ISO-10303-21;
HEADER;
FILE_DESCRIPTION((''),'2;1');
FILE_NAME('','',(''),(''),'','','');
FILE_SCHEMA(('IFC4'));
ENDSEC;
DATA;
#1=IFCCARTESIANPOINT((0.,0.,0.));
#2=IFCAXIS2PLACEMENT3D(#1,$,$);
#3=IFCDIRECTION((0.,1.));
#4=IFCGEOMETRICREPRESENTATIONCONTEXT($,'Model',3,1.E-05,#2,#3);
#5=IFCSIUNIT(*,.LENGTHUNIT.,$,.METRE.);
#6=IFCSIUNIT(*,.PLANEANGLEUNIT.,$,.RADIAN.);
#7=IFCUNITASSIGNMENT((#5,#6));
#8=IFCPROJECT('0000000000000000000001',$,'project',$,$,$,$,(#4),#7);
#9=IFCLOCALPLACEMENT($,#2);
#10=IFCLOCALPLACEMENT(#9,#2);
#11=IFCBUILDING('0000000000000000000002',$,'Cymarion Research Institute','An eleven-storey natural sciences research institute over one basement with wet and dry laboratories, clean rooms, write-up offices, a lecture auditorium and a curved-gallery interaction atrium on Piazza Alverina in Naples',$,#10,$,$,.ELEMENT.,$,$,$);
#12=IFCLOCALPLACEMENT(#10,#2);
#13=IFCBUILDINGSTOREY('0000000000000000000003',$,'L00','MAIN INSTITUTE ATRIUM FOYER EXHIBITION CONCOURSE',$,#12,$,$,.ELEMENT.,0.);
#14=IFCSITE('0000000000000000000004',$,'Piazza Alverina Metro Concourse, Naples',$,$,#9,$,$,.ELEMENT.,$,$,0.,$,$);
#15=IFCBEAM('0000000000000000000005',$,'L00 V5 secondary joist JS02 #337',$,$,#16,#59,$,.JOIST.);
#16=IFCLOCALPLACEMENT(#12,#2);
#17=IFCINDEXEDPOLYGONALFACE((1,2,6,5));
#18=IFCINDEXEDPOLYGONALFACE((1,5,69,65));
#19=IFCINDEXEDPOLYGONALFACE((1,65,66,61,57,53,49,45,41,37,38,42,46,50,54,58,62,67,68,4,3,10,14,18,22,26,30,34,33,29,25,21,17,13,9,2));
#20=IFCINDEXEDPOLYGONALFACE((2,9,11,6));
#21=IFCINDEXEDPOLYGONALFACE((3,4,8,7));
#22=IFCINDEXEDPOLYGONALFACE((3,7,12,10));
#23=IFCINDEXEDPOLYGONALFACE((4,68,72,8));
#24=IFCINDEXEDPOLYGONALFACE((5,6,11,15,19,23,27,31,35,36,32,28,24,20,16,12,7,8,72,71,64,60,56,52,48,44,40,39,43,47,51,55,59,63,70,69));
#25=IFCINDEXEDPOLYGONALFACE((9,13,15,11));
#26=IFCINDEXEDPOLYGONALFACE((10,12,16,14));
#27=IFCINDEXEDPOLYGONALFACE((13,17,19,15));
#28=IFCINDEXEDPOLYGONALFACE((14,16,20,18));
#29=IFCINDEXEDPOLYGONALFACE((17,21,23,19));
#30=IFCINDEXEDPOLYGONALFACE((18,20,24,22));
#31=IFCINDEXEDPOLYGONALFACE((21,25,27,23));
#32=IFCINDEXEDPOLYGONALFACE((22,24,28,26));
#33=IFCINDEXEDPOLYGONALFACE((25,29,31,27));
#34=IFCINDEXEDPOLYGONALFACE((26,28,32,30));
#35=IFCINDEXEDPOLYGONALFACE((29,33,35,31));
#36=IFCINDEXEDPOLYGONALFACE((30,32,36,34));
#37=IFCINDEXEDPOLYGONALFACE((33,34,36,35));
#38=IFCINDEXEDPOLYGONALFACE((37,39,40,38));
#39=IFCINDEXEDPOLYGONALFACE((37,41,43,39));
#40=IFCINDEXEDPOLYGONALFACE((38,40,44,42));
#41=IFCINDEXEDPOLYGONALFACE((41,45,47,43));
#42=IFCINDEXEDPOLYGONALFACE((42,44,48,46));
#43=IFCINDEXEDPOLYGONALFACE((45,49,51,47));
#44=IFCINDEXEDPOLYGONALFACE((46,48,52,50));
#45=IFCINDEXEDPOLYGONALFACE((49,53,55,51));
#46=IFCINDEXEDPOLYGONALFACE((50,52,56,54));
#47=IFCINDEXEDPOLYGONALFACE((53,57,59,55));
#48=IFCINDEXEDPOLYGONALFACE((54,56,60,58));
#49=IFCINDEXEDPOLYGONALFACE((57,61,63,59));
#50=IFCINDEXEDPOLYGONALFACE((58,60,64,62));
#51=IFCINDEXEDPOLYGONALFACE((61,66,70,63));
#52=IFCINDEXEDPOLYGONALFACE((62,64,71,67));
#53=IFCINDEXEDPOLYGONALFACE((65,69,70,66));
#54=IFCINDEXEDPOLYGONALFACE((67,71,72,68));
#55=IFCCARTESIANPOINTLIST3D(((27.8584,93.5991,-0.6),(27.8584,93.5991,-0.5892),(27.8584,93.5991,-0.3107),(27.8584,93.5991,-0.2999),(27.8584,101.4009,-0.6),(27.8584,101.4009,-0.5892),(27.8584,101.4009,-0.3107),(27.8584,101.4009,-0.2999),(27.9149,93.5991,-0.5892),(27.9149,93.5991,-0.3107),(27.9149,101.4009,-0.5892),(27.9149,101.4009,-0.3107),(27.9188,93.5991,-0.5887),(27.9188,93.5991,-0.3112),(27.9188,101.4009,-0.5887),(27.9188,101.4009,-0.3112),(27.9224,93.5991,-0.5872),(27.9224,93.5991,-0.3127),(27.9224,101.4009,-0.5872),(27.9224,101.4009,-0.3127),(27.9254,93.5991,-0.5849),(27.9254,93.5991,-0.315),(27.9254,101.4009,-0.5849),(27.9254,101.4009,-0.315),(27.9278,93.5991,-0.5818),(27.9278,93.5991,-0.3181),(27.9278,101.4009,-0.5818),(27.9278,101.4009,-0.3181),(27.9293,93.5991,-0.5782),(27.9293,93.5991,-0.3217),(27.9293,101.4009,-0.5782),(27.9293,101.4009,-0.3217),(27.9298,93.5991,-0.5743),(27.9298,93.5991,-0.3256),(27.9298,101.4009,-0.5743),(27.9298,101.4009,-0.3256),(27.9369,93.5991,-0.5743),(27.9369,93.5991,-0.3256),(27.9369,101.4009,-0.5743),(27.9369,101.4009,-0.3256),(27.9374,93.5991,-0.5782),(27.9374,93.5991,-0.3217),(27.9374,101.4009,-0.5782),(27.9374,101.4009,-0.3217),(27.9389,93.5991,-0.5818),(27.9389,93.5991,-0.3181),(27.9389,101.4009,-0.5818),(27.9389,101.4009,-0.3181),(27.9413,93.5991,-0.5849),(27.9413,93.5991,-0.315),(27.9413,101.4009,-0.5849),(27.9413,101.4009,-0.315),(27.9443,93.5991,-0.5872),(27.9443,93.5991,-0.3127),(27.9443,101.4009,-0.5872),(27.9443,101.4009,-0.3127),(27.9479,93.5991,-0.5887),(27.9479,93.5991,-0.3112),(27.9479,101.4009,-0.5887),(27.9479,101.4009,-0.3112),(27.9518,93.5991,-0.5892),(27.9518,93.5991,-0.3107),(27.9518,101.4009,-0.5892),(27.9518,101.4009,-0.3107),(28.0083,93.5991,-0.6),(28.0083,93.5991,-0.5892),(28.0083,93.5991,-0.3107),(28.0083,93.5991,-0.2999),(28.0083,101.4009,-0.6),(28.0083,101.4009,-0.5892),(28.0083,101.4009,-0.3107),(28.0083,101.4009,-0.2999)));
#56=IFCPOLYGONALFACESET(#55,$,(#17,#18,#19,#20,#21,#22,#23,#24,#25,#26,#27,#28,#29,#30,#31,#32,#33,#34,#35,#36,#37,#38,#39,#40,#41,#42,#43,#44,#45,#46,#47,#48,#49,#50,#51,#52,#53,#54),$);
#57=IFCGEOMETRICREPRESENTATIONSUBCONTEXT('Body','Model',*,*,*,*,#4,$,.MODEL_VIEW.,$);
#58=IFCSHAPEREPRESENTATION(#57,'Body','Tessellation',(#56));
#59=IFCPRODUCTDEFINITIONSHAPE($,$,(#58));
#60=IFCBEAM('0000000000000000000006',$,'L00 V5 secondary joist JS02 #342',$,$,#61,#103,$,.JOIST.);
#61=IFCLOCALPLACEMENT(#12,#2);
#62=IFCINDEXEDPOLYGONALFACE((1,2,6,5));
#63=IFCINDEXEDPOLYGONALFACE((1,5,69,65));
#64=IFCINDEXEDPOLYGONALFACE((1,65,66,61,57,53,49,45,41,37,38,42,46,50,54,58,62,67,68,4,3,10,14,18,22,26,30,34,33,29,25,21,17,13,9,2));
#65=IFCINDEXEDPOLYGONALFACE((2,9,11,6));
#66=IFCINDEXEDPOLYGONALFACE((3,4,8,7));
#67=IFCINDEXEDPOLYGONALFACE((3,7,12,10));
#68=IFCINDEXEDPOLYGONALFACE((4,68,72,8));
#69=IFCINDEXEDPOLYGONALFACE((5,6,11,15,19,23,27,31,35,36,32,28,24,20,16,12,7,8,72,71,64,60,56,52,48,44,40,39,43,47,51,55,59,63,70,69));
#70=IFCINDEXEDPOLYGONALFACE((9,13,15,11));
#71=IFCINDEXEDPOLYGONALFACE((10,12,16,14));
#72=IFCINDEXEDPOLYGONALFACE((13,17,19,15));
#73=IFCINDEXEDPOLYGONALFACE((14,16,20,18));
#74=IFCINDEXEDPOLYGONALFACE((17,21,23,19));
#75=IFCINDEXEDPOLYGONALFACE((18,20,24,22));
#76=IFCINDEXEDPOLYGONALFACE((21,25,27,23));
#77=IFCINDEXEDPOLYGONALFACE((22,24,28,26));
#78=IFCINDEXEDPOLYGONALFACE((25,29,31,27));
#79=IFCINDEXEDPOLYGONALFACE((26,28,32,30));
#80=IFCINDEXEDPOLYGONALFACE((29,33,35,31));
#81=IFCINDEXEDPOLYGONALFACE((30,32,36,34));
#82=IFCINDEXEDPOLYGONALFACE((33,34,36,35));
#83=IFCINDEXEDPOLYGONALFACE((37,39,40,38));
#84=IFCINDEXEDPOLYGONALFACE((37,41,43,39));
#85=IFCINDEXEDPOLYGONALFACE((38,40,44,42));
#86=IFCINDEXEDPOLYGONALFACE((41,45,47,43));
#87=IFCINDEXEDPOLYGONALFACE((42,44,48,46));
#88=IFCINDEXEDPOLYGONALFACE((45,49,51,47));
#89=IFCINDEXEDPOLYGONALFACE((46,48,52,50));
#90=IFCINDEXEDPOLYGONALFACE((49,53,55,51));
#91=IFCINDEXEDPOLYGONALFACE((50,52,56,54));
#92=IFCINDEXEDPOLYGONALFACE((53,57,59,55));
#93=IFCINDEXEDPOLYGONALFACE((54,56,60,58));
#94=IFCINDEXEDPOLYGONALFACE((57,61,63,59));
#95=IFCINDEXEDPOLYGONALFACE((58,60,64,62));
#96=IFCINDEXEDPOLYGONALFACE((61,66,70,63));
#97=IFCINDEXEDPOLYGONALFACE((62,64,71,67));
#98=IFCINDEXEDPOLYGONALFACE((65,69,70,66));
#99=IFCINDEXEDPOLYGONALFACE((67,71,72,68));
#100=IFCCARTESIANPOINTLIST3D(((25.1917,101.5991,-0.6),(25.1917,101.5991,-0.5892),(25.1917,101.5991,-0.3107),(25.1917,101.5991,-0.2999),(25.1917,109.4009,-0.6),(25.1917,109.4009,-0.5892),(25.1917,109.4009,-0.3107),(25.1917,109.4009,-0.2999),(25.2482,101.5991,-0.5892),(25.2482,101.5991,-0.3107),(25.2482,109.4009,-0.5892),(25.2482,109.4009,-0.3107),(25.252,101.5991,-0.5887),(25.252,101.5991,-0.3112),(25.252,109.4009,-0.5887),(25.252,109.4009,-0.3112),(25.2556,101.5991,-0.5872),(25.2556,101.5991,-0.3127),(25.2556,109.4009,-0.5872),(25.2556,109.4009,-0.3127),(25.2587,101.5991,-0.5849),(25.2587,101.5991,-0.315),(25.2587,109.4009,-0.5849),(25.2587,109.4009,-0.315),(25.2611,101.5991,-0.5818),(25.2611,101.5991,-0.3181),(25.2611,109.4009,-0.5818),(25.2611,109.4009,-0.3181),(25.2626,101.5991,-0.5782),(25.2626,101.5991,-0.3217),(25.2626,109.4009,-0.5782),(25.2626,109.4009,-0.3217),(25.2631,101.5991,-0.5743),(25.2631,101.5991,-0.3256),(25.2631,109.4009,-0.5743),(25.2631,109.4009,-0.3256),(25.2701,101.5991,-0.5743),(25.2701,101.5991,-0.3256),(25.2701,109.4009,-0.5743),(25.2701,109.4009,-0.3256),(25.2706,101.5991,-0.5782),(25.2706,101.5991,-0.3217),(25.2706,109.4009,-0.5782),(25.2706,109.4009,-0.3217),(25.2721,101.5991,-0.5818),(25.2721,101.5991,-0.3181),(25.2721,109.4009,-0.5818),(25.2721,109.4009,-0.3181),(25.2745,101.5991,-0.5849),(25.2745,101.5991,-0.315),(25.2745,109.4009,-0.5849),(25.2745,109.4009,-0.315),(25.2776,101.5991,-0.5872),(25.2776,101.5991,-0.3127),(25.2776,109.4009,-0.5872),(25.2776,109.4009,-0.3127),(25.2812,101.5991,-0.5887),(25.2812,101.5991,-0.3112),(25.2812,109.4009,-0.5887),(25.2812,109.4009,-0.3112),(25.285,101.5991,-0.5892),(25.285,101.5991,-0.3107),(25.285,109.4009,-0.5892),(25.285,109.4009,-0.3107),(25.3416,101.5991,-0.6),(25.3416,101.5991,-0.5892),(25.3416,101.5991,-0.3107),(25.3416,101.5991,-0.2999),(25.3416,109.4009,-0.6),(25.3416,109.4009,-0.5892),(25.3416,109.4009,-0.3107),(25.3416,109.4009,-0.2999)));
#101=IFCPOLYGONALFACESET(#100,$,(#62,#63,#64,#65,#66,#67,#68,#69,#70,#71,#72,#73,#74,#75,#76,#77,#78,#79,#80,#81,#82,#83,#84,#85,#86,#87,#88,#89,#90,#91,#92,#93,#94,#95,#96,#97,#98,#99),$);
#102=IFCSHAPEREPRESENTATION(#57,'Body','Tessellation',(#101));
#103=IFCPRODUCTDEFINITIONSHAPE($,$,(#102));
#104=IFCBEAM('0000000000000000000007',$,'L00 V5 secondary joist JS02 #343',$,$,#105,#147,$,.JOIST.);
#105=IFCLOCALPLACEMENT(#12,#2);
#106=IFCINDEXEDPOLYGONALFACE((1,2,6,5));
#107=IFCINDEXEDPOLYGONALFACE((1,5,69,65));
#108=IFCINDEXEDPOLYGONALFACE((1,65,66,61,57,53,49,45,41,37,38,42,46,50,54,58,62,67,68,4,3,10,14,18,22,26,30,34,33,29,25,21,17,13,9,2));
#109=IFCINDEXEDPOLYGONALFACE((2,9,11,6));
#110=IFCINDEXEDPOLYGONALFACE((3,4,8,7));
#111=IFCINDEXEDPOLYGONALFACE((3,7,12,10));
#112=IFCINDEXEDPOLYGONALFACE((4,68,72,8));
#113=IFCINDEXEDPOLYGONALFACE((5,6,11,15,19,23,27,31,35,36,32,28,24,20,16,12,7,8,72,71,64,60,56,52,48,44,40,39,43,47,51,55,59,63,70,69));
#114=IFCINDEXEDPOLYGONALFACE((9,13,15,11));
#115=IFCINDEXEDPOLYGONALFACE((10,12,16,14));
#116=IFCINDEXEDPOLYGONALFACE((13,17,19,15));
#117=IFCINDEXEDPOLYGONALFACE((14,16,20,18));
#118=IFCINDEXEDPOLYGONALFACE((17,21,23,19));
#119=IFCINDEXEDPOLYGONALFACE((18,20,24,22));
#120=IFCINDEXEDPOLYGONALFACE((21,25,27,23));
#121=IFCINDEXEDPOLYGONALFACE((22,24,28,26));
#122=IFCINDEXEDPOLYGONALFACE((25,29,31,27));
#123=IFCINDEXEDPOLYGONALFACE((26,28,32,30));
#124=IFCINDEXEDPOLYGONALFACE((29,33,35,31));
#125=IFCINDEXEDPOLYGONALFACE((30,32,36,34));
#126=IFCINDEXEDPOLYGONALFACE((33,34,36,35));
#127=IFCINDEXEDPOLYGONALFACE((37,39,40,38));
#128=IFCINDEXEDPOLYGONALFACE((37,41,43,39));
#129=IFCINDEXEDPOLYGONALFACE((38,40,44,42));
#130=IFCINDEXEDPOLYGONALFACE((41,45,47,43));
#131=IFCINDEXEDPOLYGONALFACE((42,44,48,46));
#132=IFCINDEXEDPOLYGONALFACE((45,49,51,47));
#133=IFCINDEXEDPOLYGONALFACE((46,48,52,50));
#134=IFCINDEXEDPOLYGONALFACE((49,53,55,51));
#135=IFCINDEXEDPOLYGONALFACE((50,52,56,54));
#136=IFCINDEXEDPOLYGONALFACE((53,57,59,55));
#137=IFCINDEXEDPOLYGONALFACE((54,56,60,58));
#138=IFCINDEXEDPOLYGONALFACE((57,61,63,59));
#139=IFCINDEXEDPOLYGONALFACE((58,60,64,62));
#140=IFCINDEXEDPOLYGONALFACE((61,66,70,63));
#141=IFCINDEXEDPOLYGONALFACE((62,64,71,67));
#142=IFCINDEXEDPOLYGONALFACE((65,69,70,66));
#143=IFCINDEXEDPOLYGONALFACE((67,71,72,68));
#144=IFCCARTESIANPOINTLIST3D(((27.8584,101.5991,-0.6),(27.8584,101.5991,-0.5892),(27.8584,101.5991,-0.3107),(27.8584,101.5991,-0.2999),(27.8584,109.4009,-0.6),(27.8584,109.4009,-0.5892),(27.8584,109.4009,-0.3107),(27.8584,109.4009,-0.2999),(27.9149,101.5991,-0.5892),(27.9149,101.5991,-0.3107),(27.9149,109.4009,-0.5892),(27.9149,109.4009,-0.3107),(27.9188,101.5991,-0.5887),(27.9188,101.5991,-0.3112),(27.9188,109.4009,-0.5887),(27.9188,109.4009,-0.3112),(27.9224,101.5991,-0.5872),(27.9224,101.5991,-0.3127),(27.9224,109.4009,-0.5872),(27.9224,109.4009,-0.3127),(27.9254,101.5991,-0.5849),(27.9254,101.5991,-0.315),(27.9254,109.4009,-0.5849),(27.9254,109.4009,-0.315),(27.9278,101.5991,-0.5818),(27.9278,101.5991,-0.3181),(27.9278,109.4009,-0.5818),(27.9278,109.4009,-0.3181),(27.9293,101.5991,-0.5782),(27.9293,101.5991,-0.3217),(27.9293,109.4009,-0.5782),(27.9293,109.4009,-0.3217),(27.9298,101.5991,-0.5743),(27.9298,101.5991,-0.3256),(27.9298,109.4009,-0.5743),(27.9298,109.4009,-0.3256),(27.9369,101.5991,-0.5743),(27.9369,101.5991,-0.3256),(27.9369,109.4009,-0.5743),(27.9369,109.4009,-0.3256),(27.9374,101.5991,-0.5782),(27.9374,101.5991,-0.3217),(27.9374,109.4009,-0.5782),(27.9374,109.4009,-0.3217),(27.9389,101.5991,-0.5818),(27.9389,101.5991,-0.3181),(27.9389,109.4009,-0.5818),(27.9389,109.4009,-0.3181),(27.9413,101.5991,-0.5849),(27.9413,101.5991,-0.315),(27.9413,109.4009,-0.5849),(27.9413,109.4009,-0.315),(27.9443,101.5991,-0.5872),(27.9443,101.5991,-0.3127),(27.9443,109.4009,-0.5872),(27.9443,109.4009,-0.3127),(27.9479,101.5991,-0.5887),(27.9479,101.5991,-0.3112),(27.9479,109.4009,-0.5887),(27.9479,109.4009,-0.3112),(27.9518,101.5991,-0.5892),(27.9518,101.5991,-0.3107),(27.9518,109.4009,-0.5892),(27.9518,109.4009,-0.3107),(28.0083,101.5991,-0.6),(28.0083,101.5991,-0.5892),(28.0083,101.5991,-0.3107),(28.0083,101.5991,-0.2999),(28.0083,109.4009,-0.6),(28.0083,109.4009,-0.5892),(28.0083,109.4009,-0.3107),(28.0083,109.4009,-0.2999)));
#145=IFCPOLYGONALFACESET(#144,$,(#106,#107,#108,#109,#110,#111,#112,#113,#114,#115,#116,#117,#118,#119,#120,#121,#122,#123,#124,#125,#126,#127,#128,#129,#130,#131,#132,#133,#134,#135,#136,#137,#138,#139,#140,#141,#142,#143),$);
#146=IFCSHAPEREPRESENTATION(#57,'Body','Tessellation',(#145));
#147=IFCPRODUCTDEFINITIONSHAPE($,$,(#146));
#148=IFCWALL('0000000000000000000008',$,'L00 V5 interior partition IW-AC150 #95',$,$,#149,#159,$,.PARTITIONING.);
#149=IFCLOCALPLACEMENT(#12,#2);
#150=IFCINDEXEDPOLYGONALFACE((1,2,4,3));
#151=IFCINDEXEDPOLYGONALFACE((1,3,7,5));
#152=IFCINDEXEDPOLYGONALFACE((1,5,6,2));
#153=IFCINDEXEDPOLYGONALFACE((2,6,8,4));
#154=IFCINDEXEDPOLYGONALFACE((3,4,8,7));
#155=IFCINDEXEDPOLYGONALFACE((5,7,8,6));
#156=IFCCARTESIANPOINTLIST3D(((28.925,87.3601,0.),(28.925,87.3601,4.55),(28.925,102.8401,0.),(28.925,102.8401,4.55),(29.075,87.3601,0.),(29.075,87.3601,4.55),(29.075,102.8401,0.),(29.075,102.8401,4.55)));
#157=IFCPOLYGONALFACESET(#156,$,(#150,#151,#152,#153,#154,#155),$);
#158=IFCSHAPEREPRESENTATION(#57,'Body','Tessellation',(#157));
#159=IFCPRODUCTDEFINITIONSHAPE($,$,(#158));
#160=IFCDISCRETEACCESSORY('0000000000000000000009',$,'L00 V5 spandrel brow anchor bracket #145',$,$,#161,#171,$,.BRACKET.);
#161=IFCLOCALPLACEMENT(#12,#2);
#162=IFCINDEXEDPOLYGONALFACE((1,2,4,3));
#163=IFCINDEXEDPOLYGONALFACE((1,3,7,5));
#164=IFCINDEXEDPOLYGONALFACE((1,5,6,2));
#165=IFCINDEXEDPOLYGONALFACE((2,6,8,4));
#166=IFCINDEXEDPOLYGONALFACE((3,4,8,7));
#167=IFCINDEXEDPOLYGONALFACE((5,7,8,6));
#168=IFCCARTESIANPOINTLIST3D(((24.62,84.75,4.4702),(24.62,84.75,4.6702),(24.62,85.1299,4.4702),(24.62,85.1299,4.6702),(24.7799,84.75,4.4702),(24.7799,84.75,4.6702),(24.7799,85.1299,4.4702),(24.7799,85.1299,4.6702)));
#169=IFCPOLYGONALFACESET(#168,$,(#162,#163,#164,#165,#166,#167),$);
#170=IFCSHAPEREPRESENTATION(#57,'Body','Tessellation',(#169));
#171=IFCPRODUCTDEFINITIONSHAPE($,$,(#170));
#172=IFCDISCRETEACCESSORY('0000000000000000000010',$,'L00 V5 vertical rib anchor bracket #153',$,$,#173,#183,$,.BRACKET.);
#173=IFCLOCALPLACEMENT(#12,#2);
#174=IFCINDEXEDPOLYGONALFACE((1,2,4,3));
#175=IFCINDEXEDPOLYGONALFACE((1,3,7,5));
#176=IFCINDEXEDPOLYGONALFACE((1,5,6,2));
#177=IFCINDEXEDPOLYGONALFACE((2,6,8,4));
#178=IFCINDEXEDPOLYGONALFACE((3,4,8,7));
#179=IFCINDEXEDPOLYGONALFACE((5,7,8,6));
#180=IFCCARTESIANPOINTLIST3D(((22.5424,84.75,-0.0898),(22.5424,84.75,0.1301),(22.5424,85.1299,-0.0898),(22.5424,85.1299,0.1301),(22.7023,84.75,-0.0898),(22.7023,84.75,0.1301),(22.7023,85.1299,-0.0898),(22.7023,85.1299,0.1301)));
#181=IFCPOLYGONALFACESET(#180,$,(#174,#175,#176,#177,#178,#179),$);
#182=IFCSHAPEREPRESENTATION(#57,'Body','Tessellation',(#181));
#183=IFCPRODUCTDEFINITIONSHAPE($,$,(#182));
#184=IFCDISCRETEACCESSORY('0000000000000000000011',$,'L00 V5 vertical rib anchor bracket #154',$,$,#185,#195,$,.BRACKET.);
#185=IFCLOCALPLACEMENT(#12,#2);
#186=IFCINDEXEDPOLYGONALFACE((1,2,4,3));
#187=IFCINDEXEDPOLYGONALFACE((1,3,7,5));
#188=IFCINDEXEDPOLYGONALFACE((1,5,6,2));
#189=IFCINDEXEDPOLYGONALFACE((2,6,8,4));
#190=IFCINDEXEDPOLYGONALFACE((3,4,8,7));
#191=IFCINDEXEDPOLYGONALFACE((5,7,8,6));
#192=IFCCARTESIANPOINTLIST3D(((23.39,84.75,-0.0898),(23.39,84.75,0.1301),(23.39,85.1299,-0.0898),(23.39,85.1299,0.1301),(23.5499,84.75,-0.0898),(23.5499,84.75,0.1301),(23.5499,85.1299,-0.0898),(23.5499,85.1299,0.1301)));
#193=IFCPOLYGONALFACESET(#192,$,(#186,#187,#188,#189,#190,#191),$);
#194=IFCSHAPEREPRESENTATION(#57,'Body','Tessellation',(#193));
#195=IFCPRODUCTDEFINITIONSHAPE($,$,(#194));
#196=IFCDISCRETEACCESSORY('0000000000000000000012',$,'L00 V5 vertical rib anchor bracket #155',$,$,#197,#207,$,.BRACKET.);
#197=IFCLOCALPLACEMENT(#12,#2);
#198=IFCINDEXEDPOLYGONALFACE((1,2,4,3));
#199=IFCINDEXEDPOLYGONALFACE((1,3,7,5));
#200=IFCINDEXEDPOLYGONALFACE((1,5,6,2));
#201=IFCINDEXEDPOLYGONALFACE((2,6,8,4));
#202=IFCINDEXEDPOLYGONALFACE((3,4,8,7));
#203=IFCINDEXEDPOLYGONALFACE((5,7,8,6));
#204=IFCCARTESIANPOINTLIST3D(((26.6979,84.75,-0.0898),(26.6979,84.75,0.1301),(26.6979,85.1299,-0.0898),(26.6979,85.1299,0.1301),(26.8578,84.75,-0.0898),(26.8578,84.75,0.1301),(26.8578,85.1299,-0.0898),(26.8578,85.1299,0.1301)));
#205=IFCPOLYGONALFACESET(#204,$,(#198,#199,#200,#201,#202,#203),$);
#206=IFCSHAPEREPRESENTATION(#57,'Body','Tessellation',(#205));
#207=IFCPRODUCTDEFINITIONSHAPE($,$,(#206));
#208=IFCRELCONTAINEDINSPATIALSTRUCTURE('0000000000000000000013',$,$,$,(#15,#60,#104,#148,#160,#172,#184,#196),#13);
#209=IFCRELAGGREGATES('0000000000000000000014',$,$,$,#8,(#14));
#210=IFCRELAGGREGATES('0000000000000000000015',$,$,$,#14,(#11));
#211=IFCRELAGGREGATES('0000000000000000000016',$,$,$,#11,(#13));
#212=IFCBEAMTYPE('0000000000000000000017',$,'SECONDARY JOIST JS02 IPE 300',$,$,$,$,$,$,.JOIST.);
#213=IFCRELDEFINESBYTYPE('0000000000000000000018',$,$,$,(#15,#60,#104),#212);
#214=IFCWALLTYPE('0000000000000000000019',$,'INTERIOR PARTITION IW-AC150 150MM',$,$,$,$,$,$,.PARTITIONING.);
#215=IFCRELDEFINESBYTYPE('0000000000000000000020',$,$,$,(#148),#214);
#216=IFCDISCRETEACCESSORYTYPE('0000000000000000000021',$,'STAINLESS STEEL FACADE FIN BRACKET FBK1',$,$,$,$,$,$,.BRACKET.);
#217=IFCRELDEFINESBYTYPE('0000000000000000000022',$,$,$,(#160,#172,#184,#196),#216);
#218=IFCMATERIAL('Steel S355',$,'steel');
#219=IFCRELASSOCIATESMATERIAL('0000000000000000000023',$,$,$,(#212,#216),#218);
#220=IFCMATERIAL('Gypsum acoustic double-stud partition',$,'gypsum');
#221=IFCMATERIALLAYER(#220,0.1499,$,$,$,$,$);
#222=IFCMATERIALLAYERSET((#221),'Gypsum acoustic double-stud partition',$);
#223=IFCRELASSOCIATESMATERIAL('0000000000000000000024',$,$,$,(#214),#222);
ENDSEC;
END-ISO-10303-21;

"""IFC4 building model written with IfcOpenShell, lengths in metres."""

from ifc_helpers import new_model, si_unit, direction, frame, frame_2d, origin, origin_2d, place, context, subcontext, project, spatial, rectangle, i_section, extrude, material, layer, layer_set, material_profile, profile_set, type_object, element, save


model = new_model("IFC4")

# Units and contexts
model_context = context("Model", 3, precision=1e-05, world=origin(), true_north=direction((0.0, 1.0)))
body_context = subcontext(model_context, "Body", "Model", "MODEL_VIEW")
ifc_project = project(units=[si_unit("LENGTHUNIT", "METRE"), si_unit("PLANEANGLEUNIT", "RADIAN")], contexts=[model_context])

# Site, building, storey
site_placement = place(None, origin())
site = spatial("IfcSite", under=ifc_project, at=site_placement, Name="Piazza Alverina Metro Concourse, Naples", CompositionType="ELEMENT", RefElevation=0.0)
building_placement = place(site_placement, origin())
building = spatial("IfcBuilding", under=site, at=building_placement, Name="Cymarion Research Institute", Description="An eleven-storey natural sciences research institute over one basement with wet and dry laboratories, clean rooms, write-up offices, a lecture auditorium and a curved-gallery interaction atrium on Piazza Alverina in Naples", CompositionType="ELEMENT")
storey_placement = place(building_placement, origin())
storey = spatial("IfcBuildingStorey", under=building, at=storey_placement, Name="L00", Description="MAIN INSTITUTE ATRIUM FOYER EXHIBITION CONCOURSE", CompositionType="ELEMENT", Elevation=0.0)

# Shared definitions
ifc_material_1 = material(Name="Steel S355", Category="steel")

# Beams
ifc_material_profile_1 = material_profile(ifc_material_1, i_section(OverallWidth=0.1499, OverallDepth=0.3, WebThickness=0.0071, FlangeThickness=0.0107, FilletRadius=0.0149, at=origin_2d()), Name="IPE 300")
ifc_profile_set_1 = profile_set([ifc_material_profile_1], Name="Steel S355")
beam_type_1 = type_object("IfcBeamType", Name="SECONDARY JOIST JS02 IPE 300", PredefinedType="JOIST", material=ifc_profile_set_1)
for number, where, z_axis, x_axis, name in (
    (1, (27.9333, 93.5991, -0.45), (0.0, 1.0, 0.0), (-1.0, 0.0, 0.0), "L00 V5 secondary joist JS02 #337"),
    (2, (25.2666, 101.5991, -0.45), (0.0, 1.0, 0.0), (-1.0, 0.0, 0.0), "L00 V5 secondary joist JS02 #342"),
    (3, (27.9333, 101.5991, -0.45), (0.0, 1.0, 0.0), (-1.0, 0.0, 0.0), "L00 V5 secondary joist JS02 #343"),
):
    element("IfcBeam", number, at=place(storey_placement, frame(where, z_axis=z_axis, x_axis=x_axis)), inside=storey, type_object=beam_type_1, Name=name, PredefinedType="JOIST", context=body_context, shape_type="SweptSolid", body=[
        extrude(i_section(OverallWidth=0.1499, OverallDepth=0.3, WebThickness=0.0071, FlangeThickness=0.0107, FilletRadius=0.0149, at=origin_2d()), origin(), (0.0, 0.0, 1.0), 7.8018),
    ])

# Wall
ifc_material_2 = material(Name="Gypsum acoustic double-stud partition", Category="gypsum")
ifc_layer = layer(ifc_material_2, 0.1499)
ifc_layer_set = layer_set([ifc_layer], Name="Gypsum acoustic double-stud partition")
wall_type = type_object("IfcWallType", Name="INTERIOR PARTITION IW-AC150 150MM", PredefinedType="PARTITIONING", material=ifc_layer_set)
wall_placement = place(storey_placement, frame((29.0, 87.3601, 0.0), z_axis=(0.0, 0.0, 1.0), x_axis=(0.0, 1.0, 0.0)))
element("IfcWall", 4, at=wall_placement, inside=storey, type_object=wall_type, Name="L00 V5 interior partition IW-AC150 #95", PredefinedType="PARTITIONING", context=body_context, shape_type="SweptSolid", body=[
    extrude(rectangle(XDim=15.48, YDim=0.1499, at=frame_2d((7.74, 0.0))), origin(), (0.0, 0.0, 1.0), 4.55),
])

# Discrete accessories
discrete_accessory_type = type_object("IfcDiscreteAccessoryType", Name="STAINLESS STEEL FACADE FIN BRACKET FBK1", PredefinedType="BRACKET", material=ifc_material_1)
discrete_accessory_placement = place(storey_placement, frame((24.7, 84.9399, 4.4702), z_axis=(0.0, 0.0, 1.0), x_axis=(0.0, -1.0, 0.0)))
element("IfcDiscreteAccessory", 5, at=discrete_accessory_placement, inside=storey, type_object=discrete_accessory_type, Name="L00 V5 spandrel brow anchor bracket #145", PredefinedType="BRACKET", context=body_context, shape_type="SweptSolid", body=[
    extrude(rectangle(XDim=0.3799, YDim=0.1599, at=origin_2d()), origin(), (0.0, 0.0, 1.0), 0.2),
])
for number, where, z_axis, x_axis, name in (
    (6, (22.6223, 84.9399, -0.0898), (0.0, 0.0, 1.0), (0.0, -1.0, 0.0), "L00 V5 vertical rib anchor bracket #153"),
    (7, (23.47, 84.9399, -0.0898), (0.0, 0.0, 1.0), (0.0, -1.0, 0.0), "L00 V5 vertical rib anchor bracket #154"),
    (8, (26.7778, 84.9399, -0.0898), (0.0, 0.0, 1.0), (0.0, -1.0, 0.0), "L00 V5 vertical rib anchor bracket #155"),
):
    element("IfcDiscreteAccessory", number, at=place(storey_placement, frame(where, z_axis=z_axis, x_axis=x_axis)), inside=storey, type_object=discrete_accessory_type, Name=name, PredefinedType="BRACKET", context=body_context, shape_type="SweptSolid", body=[
        extrude(rectangle(XDim=0.3799, YDim=0.1599, at=origin_2d()), origin(), (0.0, 0.0, 1.0), 0.22),
    ])

save(model, "model.ifc")
